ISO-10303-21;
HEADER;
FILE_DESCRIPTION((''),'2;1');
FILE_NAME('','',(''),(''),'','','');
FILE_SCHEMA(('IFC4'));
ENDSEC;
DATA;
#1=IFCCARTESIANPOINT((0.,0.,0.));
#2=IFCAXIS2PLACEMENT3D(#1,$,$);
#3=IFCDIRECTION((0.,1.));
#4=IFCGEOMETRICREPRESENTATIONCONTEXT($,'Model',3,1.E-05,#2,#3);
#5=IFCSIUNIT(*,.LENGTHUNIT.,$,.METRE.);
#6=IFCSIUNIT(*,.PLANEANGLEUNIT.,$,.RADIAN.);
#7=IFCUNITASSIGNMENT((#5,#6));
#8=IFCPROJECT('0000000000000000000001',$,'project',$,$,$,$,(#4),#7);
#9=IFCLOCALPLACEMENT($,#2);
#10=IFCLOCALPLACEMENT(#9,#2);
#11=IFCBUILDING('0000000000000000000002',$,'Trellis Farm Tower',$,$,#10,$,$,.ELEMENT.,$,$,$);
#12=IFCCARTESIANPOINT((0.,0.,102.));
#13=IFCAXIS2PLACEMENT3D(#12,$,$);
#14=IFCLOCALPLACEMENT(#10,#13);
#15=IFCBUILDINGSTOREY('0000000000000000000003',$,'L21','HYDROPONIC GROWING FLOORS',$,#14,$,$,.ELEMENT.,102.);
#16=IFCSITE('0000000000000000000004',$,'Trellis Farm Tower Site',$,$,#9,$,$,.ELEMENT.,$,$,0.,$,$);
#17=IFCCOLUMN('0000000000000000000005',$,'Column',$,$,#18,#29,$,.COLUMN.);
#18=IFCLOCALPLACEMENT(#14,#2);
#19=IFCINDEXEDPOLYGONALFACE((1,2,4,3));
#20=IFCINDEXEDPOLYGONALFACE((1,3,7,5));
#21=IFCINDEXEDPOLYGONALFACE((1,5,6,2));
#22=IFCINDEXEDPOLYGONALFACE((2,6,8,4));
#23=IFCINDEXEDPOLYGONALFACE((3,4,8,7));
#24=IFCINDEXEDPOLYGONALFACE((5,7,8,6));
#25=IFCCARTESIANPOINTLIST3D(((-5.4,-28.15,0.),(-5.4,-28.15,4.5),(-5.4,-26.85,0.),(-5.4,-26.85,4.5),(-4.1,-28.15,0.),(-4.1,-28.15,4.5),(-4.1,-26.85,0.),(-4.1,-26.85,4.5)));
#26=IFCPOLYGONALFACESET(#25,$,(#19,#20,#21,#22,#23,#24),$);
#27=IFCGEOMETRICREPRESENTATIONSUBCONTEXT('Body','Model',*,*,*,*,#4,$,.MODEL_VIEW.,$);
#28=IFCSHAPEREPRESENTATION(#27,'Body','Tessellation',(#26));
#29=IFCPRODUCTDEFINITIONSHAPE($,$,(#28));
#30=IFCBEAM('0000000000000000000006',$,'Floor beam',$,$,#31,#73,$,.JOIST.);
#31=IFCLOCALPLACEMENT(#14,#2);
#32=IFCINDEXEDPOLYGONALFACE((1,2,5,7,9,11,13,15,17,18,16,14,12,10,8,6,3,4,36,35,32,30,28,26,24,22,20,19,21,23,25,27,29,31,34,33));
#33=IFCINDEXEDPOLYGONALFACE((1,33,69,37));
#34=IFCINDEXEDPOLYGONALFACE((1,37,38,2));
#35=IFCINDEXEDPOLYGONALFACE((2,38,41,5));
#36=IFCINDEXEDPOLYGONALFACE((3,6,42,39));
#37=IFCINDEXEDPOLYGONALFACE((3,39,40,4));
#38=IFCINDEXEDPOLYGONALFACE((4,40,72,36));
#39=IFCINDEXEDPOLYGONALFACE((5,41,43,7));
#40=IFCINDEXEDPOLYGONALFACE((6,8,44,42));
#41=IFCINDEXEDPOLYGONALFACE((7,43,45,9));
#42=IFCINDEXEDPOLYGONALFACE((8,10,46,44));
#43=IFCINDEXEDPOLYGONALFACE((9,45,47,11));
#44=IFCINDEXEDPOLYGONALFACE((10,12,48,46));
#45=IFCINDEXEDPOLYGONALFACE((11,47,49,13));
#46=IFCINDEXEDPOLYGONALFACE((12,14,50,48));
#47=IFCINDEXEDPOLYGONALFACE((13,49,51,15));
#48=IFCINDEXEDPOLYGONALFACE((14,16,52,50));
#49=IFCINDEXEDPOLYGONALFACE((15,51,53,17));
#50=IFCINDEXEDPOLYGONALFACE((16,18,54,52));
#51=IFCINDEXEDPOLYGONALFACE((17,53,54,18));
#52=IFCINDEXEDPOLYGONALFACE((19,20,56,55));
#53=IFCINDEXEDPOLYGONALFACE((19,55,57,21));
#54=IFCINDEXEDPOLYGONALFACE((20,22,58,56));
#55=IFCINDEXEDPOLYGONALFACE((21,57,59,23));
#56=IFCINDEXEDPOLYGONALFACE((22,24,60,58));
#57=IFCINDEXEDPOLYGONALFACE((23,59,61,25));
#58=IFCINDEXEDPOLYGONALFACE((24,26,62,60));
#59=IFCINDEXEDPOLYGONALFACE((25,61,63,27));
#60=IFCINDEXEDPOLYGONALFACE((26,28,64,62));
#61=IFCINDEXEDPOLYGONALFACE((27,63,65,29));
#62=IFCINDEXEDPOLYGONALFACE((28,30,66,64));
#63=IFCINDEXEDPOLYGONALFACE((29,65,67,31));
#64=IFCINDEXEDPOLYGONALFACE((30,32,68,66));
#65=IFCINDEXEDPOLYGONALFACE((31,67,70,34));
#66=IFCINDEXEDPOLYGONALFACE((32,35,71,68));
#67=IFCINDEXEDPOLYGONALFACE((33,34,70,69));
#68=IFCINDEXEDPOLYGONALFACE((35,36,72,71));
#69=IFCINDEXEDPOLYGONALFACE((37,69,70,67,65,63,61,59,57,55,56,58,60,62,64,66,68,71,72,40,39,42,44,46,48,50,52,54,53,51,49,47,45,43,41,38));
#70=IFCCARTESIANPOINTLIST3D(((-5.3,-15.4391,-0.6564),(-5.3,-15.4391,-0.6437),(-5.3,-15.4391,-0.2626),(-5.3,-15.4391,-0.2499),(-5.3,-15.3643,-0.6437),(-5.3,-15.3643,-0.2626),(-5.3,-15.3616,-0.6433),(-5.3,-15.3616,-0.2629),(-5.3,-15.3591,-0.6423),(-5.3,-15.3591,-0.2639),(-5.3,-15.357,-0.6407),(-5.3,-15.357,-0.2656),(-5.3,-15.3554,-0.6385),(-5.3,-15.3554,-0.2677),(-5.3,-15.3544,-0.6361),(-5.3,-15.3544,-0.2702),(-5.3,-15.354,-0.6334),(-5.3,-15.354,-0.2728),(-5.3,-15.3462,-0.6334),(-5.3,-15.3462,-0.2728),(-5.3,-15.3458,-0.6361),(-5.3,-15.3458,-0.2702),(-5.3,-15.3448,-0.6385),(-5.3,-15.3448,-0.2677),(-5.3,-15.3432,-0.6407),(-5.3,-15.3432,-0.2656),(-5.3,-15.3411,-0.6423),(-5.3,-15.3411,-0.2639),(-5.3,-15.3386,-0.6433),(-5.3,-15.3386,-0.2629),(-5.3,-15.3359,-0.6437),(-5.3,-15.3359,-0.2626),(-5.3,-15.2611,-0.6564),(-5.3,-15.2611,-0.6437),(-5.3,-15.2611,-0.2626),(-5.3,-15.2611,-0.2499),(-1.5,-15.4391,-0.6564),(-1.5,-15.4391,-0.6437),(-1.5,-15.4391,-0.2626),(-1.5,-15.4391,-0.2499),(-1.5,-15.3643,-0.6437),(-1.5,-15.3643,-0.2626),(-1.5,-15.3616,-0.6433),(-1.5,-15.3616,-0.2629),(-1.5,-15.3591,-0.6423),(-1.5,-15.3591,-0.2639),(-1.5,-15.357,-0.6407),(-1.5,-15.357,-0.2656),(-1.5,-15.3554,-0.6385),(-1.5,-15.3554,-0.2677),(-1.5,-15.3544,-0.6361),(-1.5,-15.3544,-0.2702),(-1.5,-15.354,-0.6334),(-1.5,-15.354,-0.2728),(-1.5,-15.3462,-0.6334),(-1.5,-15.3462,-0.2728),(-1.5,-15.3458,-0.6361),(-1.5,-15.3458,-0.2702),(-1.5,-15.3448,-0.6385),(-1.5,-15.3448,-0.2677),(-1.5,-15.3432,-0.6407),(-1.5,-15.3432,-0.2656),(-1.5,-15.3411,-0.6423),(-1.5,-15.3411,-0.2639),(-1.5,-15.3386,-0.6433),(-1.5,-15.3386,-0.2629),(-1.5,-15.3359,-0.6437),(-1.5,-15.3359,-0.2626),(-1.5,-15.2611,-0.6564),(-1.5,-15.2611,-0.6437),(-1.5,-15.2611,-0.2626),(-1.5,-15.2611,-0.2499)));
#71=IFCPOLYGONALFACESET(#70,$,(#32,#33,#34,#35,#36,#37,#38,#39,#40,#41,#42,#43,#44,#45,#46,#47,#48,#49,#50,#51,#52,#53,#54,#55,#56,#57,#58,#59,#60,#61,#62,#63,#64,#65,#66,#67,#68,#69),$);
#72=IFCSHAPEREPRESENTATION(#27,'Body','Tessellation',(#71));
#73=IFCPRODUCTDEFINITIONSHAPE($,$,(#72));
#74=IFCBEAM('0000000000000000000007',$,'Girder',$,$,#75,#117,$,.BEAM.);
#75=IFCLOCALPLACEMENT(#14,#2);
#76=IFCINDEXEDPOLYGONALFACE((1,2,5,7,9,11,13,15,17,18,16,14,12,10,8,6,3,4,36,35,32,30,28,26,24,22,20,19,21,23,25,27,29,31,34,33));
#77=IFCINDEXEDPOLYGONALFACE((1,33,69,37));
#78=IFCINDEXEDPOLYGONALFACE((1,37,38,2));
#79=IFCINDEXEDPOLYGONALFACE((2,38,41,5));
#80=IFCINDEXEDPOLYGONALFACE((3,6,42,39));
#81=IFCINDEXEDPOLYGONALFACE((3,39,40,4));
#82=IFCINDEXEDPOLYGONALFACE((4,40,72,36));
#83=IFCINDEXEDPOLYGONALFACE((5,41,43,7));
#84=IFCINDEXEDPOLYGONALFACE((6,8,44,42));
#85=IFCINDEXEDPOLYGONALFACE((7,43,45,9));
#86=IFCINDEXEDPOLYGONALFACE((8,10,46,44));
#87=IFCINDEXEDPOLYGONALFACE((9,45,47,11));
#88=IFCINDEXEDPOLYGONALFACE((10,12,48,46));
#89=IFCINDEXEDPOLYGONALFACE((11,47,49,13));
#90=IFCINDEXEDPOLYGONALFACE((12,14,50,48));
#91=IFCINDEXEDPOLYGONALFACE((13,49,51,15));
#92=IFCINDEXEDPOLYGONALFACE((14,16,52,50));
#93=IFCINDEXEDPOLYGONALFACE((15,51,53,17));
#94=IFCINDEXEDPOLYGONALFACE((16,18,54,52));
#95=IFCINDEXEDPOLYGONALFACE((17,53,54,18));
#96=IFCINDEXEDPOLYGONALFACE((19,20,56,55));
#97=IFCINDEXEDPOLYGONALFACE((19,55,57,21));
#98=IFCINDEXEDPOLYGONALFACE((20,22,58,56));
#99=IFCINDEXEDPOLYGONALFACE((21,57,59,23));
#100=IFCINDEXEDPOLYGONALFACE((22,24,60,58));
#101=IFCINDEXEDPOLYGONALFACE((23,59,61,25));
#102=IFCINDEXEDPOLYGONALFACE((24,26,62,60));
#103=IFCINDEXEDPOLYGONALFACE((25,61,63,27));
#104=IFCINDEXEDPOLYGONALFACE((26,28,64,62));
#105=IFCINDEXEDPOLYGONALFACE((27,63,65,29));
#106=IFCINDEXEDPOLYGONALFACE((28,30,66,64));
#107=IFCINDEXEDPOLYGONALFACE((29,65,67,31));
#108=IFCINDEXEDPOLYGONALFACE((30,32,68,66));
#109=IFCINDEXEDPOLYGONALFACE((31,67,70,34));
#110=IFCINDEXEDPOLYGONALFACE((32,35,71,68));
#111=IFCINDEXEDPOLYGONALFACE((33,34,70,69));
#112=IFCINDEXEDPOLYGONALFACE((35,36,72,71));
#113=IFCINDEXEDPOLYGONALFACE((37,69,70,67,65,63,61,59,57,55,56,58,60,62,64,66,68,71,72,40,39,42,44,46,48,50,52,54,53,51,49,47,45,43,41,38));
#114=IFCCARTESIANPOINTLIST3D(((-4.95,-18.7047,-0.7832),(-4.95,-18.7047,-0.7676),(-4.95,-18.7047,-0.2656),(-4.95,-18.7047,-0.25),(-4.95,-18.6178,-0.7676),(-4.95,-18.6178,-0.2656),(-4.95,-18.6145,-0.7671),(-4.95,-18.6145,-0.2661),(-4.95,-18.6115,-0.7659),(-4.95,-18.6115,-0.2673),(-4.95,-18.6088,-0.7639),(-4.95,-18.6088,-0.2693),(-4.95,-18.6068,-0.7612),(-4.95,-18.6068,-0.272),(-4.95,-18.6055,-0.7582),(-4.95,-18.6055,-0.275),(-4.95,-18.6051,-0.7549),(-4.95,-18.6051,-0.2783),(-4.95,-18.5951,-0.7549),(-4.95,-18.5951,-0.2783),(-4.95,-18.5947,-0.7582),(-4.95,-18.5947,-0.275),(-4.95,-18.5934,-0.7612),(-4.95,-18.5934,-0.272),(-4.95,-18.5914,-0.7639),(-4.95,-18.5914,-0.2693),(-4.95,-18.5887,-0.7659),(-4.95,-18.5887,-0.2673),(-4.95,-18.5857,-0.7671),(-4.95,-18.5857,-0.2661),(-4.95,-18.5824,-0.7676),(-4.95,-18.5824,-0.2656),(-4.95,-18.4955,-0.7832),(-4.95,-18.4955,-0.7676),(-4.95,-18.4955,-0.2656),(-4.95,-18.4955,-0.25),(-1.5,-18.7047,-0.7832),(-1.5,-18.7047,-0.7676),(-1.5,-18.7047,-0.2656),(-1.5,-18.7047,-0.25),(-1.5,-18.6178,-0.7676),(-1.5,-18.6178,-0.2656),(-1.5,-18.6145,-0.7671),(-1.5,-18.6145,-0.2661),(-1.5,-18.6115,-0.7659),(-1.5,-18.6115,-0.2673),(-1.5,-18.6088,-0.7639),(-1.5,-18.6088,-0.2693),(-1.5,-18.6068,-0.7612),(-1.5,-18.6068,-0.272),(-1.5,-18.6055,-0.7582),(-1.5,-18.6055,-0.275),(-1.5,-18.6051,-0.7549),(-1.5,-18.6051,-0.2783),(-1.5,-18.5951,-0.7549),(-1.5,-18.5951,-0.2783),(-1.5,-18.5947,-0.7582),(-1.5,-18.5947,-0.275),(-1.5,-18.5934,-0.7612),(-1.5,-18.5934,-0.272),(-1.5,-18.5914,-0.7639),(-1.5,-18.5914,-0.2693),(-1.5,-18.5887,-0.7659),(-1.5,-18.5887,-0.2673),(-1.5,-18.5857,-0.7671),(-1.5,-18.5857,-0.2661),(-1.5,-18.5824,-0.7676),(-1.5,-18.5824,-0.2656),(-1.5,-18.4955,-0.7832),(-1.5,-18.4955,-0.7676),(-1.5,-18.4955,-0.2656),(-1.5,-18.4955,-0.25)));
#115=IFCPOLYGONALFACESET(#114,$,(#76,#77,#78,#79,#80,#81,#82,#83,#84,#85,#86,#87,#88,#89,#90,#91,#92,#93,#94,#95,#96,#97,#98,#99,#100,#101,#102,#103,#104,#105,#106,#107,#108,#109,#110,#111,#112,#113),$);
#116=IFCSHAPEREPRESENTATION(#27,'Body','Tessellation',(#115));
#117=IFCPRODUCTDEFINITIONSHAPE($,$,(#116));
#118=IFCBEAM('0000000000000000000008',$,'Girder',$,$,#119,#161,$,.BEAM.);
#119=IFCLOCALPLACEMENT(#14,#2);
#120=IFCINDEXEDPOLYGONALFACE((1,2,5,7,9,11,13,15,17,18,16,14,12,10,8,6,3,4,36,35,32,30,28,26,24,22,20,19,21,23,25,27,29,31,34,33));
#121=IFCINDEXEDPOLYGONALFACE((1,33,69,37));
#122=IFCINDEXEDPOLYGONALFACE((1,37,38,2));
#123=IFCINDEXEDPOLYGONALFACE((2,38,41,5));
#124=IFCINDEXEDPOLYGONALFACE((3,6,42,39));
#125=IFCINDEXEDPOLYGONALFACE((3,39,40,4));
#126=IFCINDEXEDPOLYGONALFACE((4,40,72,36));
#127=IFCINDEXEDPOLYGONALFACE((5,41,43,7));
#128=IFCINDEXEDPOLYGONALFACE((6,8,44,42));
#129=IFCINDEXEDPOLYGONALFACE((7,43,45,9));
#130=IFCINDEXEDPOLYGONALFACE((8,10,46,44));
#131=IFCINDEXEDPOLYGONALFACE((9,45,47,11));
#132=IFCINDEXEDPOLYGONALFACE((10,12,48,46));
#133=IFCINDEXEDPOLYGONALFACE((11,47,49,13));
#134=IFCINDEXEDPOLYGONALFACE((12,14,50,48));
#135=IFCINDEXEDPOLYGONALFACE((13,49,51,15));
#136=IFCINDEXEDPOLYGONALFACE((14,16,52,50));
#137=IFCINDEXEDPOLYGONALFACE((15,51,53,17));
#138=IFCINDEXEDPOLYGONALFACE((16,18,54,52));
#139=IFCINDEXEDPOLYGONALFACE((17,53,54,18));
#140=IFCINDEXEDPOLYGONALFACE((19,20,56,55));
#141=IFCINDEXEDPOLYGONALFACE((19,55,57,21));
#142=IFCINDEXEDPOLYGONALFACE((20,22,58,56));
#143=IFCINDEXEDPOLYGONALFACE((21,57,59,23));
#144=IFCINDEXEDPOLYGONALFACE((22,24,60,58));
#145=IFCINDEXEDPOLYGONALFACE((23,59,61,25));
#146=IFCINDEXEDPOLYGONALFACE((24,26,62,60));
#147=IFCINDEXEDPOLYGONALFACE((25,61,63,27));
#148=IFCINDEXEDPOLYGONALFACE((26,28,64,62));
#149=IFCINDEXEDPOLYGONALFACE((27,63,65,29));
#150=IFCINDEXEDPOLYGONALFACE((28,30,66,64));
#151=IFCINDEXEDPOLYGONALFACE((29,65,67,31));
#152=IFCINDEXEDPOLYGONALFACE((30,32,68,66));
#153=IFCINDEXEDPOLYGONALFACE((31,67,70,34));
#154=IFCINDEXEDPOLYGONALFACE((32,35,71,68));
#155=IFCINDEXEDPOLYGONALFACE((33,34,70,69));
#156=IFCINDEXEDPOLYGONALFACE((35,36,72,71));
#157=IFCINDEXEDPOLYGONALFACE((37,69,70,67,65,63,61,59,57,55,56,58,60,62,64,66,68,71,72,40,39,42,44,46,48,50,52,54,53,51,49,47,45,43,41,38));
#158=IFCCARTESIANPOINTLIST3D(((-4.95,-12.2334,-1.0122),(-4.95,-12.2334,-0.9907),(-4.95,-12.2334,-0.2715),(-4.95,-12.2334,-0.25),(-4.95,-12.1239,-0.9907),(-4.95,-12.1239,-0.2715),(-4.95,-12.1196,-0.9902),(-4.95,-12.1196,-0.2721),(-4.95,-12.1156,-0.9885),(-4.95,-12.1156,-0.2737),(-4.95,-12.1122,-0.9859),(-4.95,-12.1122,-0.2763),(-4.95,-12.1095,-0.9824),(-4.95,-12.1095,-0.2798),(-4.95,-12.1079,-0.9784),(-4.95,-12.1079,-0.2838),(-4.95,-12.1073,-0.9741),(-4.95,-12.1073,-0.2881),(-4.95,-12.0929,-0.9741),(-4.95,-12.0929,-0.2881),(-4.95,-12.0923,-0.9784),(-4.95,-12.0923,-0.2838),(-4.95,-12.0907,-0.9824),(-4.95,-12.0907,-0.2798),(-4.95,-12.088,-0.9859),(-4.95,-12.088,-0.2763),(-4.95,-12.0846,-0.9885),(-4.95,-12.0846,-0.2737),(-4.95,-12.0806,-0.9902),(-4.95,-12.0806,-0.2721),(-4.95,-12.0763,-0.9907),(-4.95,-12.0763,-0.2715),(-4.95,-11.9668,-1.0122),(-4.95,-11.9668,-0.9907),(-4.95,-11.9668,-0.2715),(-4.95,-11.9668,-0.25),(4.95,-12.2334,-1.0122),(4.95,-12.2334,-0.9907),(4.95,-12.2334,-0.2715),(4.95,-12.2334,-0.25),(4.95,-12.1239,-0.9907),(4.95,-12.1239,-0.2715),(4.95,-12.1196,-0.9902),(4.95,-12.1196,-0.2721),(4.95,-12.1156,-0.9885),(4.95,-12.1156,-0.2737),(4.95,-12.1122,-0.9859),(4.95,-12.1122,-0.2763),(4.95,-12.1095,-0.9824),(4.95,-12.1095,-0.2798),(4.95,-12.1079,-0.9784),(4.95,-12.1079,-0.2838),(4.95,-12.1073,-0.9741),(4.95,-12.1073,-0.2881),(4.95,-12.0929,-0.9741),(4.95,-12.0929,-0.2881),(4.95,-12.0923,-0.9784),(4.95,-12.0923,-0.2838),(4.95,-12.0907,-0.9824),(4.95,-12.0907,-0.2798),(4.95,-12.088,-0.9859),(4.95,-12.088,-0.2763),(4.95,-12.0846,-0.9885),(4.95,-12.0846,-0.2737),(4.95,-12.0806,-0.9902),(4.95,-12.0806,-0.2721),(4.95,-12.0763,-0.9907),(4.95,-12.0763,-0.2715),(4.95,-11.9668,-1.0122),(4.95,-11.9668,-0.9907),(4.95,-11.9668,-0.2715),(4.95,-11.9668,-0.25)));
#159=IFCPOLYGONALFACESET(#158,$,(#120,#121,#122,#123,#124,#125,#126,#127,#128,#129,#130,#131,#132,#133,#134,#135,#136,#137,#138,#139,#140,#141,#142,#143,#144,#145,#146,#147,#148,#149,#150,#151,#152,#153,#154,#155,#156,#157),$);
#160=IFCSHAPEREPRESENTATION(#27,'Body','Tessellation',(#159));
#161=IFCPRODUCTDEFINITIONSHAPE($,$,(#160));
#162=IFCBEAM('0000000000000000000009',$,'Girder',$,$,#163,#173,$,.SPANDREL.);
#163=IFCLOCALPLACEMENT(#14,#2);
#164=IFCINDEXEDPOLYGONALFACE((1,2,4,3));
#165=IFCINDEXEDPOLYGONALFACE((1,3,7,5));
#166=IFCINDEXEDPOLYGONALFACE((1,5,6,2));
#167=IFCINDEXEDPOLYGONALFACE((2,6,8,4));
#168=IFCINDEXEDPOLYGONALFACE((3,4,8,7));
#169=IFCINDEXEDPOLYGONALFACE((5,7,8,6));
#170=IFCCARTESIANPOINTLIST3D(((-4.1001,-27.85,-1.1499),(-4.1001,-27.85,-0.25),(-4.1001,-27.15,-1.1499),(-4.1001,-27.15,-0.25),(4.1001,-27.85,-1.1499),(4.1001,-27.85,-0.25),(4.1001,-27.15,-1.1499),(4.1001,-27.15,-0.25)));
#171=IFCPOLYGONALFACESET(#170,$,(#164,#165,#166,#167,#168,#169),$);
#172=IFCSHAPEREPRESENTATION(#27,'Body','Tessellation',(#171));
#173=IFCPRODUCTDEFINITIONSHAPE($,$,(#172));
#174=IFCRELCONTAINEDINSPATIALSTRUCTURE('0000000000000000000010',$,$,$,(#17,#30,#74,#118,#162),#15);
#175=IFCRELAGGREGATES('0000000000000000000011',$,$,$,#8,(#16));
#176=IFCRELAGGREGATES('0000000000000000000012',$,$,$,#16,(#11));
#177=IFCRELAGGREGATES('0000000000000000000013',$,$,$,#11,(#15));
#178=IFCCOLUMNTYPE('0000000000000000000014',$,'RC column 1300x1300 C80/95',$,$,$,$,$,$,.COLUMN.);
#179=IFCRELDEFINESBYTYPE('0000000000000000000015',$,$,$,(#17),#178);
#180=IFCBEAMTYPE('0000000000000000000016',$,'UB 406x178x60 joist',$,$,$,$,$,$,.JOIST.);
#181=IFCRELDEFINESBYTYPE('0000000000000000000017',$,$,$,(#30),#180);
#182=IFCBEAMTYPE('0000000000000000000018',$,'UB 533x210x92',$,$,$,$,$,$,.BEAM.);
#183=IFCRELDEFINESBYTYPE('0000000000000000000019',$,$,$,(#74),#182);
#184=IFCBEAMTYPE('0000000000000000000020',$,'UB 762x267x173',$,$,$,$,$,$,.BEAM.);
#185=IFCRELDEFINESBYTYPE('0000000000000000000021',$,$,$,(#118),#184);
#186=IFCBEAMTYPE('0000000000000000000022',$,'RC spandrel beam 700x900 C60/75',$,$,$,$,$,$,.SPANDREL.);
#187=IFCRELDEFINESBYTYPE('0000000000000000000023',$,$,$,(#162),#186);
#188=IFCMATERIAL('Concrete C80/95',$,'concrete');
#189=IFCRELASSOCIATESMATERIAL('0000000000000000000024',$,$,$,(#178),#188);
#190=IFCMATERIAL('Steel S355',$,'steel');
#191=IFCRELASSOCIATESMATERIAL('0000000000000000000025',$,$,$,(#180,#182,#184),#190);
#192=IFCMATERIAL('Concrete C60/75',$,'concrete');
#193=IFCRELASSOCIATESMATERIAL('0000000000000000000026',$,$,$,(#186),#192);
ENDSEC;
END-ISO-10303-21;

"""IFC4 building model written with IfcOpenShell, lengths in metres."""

from ifc_helpers import new_model, si_unit, direction, frame, origin, origin_2d, place, context, subcontext, project, spatial, rectangle, i_section, extrude, source, transform, mapped, material, material_profile, profile_set, type_object, element, save


model = new_model("IFC4")

# Units and contexts
model_context = context("Model", 3, precision=1e-05, world=origin(), true_north=direction((0.0, 1.0)))
body_context = subcontext(model_context, "Body", "Model", "MODEL_VIEW")
ifc_project = project(units=[si_unit("LENGTHUNIT", "METRE"), si_unit("PLANEANGLEUNIT", "RADIAN")], contexts=[model_context])

# Site, building, storey
site_placement = place(None, origin())
site = spatial("IfcSite", under=ifc_project, at=site_placement, Name="Trellis Farm Tower Site", CompositionType="ELEMENT", RefElevation=0.0)
building_placement = place(site_placement, origin())
building = spatial("IfcBuilding", under=site, at=building_placement, Name="Trellis Farm Tower", CompositionType="ELEMENT")
storey_placement = place(building_placement, frame((0.0, 0.0, 102.0)))
storey = spatial("IfcBuildingStorey", under=building, at=storey_placement, Name="L21", Description="HYDROPONIC GROWING FLOORS", CompositionType="ELEMENT", Elevation=102.0)

# Column
ifc_material_1 = material(Name="Concrete C80/95", Category="concrete")
ifc_material_profile_1 = material_profile(ifc_material_1, rectangle(XDim=1.3, YDim=1.3, at=origin_2d()), Name="RC column 1300x1300 C80/95")
ifc_profile_set_1 = profile_set([ifc_material_profile_1], Name="Concrete C80/95")
column_type = type_object("IfcColumnType", Name="RC column 1300x1300 C80/95", PredefinedType="COLUMN", material=ifc_profile_set_1)
shared_shape_1 = source(origin(), body_context, "Body", "SweptSolid", [
    extrude(rectangle(XDim=1.3, YDim=1.3, at=origin_2d()), origin(), (0.0, 0.0, 1.0), 4.5),
])
column_placement = place(storey_placement, frame((-4.75, -27.5, 0.0), z_axis=(0.0, 0.0, 1.0), x_axis=(1.0, 0.0, 0.0)))
element("IfcColumn", 1, at=column_placement, inside=storey, type_object=column_type, Name="Column", PredefinedType="COLUMN", context=body_context, shape_type="MappedRepresentation", body=[
    mapped(shared_shape_1, transform((0.0, 0.0, 0.0))),
])

# Beams
ifc_material_2 = material(Name="Steel S355", Category="steel")
ifc_material_profile_2 = material_profile(ifc_material_2, i_section(OverallWidth=0.178, OverallDepth=0.4065, WebThickness=0.0078, FlangeThickness=0.0127, FilletRadius=0.0103, at=origin_2d()), Name="UB 406x178x60")
ifc_profile_set_2 = profile_set([ifc_material_profile_2], Name="Steel S355")
beam_type_1 = type_object("IfcBeamType", Name="UB 406x178x60 joist", PredefinedType="JOIST", material=ifc_profile_set_2)
shared_shape_2 = source(origin(), body_context, "Body", "SweptSolid", [
    extrude(i_section(OverallWidth=0.178, OverallDepth=0.4065, WebThickness=0.0078, FlangeThickness=0.0127, FilletRadius=0.0103, at=origin_2d()), origin(), (0.0, 0.0, 1.0), 3.8),
])
beam_1_placement = place(storey_placement, frame((-5.3, -15.3501, -0.4531), z_axis=(1.0, 0.0, 0.0), x_axis=(0.0, 1.0, 0.0)))
element("IfcBeam", 2, at=beam_1_placement, inside=storey, type_object=beam_type_1, Name="Floor beam", PredefinedType="JOIST", context=body_context, shape_type="MappedRepresentation", body=[
    mapped(shared_shape_2, transform((0.0, 0.0, 0.0))),
])
ifc_material_profile_3 = material_profile(ifc_material_2, i_section(OverallWidth=0.2092, OverallDepth=0.5332, WebThickness=0.01, FlangeThickness=0.0156, FilletRadius=0.0127, at=origin_2d()), Name="UB 533x210x92")
ifc_profile_set_3 = profile_set([ifc_material_profile_3], Name="Steel S355")
beam_type_2 = type_object("IfcBeamType", Name="UB 533x210x92", PredefinedType="BEAM", material=ifc_profile_set_3)
shared_shape_3 = source(origin(), body_context, "Body", "SweptSolid", [
    extrude(i_section(OverallWidth=0.2092, OverallDepth=0.5332, WebThickness=0.01, FlangeThickness=0.0156, FilletRadius=0.0127, at=origin_2d()), origin(), (0.0, 0.0, 1.0), 3.45),
])
beam_2_placement = place(storey_placement, frame((-4.95, -18.6001, -0.5166), z_axis=(1.0, 0.0, 0.0), x_axis=(0.0, 1.0, 0.0)))
element("IfcBeam", 3, at=beam_2_placement, inside=storey, type_object=beam_type_2, Name="Girder", PredefinedType="BEAM", context=body_context, shape_type="MappedRepresentation", body=[
    mapped(shared_shape_3, transform((0.0, 0.0, 0.0))),
])
ifc_material_profile_4 = material_profile(ifc_material_2, i_section(OverallWidth=0.2666, OverallDepth=0.7622, WebThickness=0.0144, FlangeThickness=0.0215, FilletRadius=0.0166, at=origin_2d()), Name="UB 762x267x173")
ifc_profile_set_4 = profile_set([ifc_material_profile_4], Name="Steel S355")
beam_type_3 = type_object("IfcBeamType", Name="UB 762x267x173", PredefinedType="BEAM", material=ifc_profile_set_4)
shared_shape_4 = source(origin(), body_context, "Body", "SweptSolid", [
    extrude(i_section(OverallWidth=0.2666, OverallDepth=0.7622, WebThickness=0.0144, FlangeThickness=0.0215, FilletRadius=0.0166, at=origin_2d()), origin(), (0.0, 0.0, 1.0), 9.8999),
])
beam_3_placement = place(storey_placement, frame((-4.95, -12.1001, -0.6311), z_axis=(1.0, 0.0, 0.0), x_axis=(0.0, 1.0, 0.0)))
element("IfcBeam", 4, at=beam_3_placement, inside=storey, type_object=beam_type_3, Name="Girder", PredefinedType="BEAM", context=body_context, shape_type="MappedRepresentation", body=[
    mapped(shared_shape_4, transform((0.0, 0.0, 0.0))),
])
ifc_material_3 = material(Name="Concrete C60/75", Category="concrete")
ifc_material_profile_5 = material_profile(ifc_material_3, rectangle(XDim=0.7, YDim=0.8999, at=origin_2d()), Name="RC spandrel beam 700x900 C60/75")
ifc_profile_set_5 = profile_set([ifc_material_profile_5], Name="Concrete C60/75")
beam_type_4 = type_object("IfcBeamType", Name="RC spandrel beam 700x900 C60/75", PredefinedType="SPANDREL", material=ifc_profile_set_5)
shared_shape_5 = source(origin(), body_context, "Body", "SweptSolid", [
    extrude(rectangle(XDim=0.7, YDim=0.8999, at=origin_2d()), origin(), (0.0, 0.0, 1.0), 8.2002),
])
beam_4_placement = place(storey_placement, frame((-4.1001, -27.5, -0.7), z_axis=(1.0, 0.0, 0.0), x_axis=(0.0, 1.0, 0.0)))
element("IfcBeam", 5, at=beam_4_placement, inside=storey, type_object=beam_type_4, Name="Girder", PredefinedType="SPANDREL", context=body_context, shape_type="MappedRepresentation", body=[
    mapped(shared_shape_5, transform((0.0, 0.0, 0.0))),
])

save(model, "model.ifc")
